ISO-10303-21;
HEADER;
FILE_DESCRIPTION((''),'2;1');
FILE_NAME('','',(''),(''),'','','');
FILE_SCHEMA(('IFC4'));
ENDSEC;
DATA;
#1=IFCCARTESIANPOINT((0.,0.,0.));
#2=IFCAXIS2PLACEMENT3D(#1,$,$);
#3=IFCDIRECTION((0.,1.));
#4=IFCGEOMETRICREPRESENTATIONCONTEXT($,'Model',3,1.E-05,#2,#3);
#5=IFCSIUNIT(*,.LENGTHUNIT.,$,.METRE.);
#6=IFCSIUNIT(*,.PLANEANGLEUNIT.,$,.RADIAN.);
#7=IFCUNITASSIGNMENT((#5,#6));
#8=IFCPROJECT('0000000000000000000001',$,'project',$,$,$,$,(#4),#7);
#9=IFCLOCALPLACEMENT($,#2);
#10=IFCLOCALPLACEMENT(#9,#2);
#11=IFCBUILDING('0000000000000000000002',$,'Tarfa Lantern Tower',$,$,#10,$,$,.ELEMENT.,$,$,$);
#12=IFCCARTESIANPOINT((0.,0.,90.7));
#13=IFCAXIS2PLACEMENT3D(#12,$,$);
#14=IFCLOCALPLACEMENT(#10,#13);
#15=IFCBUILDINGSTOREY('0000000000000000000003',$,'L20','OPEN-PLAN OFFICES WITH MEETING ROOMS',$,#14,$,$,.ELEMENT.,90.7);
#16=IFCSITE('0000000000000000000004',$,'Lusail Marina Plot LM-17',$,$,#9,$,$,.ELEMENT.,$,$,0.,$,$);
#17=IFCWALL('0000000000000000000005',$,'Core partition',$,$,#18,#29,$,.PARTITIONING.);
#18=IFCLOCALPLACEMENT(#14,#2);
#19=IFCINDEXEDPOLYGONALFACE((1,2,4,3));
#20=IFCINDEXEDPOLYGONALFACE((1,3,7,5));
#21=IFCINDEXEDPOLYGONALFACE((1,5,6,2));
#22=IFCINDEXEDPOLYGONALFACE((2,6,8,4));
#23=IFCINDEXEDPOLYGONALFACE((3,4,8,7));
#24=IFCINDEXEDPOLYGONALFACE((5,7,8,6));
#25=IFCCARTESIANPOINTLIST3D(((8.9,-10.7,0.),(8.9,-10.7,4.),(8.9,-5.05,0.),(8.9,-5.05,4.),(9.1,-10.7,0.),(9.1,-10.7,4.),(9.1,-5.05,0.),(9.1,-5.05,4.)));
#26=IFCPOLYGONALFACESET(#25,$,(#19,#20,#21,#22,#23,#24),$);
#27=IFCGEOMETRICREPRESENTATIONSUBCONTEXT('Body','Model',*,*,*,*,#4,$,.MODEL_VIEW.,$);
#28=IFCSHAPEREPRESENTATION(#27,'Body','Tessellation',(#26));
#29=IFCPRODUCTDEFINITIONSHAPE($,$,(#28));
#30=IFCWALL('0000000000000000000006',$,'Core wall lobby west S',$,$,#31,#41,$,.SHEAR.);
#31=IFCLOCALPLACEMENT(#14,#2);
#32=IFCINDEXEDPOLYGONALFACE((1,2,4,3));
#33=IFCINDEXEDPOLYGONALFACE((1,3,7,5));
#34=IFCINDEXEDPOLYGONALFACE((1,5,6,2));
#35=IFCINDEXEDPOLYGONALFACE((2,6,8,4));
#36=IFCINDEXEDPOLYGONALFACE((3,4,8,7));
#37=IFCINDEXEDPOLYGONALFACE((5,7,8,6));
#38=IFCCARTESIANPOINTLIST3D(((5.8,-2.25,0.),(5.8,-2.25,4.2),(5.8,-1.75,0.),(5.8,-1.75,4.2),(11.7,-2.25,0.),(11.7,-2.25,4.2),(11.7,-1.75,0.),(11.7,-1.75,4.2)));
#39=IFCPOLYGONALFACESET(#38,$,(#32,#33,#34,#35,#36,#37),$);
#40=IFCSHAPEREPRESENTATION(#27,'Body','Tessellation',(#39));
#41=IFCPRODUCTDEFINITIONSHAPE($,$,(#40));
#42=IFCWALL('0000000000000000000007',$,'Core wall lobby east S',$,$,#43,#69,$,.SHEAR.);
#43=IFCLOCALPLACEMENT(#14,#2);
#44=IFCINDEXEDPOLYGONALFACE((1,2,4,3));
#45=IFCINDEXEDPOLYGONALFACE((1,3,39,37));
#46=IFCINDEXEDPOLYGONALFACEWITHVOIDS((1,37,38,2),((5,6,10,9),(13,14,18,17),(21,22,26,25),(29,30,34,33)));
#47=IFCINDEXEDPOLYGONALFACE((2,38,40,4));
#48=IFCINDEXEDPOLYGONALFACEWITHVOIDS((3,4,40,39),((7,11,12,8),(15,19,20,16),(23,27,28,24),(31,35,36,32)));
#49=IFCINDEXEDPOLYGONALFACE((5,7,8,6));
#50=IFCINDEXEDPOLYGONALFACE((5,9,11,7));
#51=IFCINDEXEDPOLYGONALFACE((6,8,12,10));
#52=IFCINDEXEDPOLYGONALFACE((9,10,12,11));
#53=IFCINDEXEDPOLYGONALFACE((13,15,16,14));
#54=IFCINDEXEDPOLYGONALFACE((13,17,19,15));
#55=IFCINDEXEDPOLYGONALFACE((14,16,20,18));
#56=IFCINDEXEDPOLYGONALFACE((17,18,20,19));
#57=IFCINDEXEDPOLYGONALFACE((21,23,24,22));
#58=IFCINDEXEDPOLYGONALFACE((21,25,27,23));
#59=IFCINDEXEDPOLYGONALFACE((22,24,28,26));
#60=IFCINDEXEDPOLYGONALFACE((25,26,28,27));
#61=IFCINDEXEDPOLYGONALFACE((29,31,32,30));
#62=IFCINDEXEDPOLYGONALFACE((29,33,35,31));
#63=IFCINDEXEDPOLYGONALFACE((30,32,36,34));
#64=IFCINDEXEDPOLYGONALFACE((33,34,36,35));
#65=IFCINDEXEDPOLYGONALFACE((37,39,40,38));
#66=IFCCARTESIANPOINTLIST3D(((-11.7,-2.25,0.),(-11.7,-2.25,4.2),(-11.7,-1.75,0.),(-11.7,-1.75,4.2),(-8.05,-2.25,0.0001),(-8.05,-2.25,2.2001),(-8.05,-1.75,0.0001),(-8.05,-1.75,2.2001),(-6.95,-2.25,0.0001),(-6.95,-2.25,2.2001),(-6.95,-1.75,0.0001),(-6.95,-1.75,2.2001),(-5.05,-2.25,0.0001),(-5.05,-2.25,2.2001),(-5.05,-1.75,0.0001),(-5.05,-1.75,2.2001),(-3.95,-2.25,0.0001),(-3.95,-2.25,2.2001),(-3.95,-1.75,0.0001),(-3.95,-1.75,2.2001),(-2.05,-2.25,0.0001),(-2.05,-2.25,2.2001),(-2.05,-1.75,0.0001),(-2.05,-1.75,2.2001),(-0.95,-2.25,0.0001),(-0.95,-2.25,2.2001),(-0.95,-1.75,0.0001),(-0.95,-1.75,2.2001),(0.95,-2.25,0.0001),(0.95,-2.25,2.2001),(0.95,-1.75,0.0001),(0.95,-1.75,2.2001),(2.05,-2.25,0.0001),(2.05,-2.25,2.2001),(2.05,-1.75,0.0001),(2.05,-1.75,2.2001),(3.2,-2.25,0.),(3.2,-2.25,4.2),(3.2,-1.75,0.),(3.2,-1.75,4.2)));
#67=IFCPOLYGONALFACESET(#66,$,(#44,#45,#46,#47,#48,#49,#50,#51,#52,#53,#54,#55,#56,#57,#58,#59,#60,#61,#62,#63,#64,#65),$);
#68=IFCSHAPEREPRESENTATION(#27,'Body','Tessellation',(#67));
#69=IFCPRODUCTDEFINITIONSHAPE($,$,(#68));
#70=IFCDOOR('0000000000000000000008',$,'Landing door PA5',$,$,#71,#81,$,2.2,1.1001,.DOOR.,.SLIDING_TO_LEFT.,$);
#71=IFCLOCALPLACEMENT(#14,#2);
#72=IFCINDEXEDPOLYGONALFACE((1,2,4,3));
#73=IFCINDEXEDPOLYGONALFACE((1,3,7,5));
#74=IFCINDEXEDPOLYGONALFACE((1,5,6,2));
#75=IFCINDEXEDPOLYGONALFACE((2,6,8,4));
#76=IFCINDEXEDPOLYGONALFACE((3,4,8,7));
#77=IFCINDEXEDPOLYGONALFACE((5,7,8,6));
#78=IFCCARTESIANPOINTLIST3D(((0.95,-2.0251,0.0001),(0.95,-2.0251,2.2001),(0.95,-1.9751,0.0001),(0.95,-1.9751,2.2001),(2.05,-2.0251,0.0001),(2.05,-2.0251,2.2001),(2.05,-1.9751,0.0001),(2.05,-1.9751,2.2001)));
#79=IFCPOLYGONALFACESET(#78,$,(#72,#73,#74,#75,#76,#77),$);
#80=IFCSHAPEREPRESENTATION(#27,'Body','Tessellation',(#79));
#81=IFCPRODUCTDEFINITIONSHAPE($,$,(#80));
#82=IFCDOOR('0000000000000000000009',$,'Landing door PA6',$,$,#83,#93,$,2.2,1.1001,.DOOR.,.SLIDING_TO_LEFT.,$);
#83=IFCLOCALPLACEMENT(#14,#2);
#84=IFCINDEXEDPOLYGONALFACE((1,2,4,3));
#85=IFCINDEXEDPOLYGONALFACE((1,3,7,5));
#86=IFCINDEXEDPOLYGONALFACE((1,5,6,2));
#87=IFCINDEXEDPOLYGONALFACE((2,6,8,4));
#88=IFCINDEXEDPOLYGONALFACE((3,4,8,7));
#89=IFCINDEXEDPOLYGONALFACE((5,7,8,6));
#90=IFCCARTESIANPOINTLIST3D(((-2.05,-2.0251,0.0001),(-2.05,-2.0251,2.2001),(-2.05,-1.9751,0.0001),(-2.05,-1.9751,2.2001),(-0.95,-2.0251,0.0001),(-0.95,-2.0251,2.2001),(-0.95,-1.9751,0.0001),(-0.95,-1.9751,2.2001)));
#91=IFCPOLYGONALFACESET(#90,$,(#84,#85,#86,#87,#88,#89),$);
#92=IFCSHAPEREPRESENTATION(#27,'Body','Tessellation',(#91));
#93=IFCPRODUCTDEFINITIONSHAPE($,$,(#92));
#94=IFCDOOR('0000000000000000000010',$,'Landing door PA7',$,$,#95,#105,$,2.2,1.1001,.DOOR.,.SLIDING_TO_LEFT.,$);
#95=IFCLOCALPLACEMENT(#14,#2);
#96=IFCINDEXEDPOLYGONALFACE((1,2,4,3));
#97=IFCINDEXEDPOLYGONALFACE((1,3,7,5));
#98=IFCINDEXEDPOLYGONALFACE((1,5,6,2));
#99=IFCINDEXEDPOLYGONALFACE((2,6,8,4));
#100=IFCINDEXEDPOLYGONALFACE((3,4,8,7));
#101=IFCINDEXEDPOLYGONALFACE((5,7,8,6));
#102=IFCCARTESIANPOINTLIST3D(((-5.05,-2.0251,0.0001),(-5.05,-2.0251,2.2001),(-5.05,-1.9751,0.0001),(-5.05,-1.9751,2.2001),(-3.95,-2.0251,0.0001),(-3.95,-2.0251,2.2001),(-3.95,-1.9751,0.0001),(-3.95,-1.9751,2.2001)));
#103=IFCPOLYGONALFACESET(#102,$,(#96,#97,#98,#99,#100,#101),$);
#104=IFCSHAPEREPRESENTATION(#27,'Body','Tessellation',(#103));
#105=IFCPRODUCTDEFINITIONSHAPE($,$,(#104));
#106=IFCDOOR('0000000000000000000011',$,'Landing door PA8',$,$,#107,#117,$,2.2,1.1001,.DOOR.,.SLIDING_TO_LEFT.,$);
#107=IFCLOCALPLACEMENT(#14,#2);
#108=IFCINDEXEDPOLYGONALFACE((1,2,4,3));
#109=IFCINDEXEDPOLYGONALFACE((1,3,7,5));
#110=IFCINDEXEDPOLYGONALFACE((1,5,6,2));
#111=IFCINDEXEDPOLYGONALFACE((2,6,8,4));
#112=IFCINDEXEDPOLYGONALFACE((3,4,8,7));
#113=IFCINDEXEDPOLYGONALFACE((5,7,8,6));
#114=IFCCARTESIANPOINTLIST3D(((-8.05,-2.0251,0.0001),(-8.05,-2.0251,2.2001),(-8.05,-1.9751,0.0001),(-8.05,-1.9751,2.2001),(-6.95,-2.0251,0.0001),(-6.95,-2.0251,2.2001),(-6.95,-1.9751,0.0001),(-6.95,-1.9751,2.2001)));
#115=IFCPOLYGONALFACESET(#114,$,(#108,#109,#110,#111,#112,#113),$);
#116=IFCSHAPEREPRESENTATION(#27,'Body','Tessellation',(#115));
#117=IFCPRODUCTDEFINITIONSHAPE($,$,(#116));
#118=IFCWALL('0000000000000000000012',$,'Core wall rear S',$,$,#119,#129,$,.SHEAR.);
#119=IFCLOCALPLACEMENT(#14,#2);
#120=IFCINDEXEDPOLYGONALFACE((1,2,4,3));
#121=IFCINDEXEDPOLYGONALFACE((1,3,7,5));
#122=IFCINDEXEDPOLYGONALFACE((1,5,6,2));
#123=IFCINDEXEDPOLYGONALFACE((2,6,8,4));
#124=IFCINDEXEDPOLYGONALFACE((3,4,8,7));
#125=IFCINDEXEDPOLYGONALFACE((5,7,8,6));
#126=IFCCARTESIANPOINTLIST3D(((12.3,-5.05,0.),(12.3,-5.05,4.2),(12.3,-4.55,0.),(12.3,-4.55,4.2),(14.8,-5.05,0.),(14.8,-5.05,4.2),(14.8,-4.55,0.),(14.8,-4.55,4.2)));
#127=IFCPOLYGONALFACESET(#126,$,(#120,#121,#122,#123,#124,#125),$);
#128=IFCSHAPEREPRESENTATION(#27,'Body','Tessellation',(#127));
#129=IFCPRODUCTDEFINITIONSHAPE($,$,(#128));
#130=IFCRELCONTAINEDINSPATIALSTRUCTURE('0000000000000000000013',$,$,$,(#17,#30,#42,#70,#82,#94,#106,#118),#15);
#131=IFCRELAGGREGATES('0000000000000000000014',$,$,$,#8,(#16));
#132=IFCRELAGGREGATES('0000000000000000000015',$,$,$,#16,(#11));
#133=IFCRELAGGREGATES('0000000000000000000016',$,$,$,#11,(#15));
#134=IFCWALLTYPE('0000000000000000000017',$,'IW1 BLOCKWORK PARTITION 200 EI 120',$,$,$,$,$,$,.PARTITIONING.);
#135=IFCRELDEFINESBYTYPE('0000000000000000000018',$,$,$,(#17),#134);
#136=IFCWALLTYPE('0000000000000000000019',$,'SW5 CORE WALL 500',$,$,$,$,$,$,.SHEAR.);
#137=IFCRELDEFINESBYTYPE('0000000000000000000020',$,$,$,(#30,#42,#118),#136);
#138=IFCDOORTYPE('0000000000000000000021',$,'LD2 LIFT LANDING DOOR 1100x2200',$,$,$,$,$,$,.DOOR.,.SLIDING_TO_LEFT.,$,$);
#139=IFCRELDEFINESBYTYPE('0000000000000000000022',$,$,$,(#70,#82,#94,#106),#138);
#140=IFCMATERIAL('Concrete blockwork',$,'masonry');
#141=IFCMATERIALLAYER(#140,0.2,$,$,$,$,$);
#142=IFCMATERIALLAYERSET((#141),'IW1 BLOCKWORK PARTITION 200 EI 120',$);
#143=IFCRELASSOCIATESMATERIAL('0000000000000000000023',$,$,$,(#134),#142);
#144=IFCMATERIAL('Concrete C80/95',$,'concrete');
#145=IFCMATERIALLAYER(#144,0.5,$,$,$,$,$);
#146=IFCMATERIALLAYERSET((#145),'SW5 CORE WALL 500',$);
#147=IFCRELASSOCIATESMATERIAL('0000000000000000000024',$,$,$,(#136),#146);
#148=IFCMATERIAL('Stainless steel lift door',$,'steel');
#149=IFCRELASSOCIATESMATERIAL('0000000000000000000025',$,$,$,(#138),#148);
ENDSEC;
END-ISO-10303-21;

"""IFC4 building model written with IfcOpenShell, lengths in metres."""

from ifc_helpers import new_model, si_unit, direction, frame, frame_2d, origin, place, context, subcontext, project, spatial, rectangle, extrude, material, layer, layer_set, type_object, element, fill, save


model = new_model("IFC4")

# Units and contexts
model_context = context("Model", 3, precision=1e-05, world=origin(), true_north=direction((0.0, 1.0)))
body_context = subcontext(model_context, "Body", "Model", "MODEL_VIEW")
ifc_project = project(units=[si_unit("LENGTHUNIT", "METRE"), si_unit("PLANEANGLEUNIT", "RADIAN")], contexts=[model_context])

# Site, building, storey
site_placement = place(None, origin())
site = spatial("IfcSite", under=ifc_project, at=site_placement, Name="Lusail Marina Plot LM-17", CompositionType="ELEMENT", RefElevation=0.0)
building_placement = place(site_placement, origin())
building = spatial("IfcBuilding", under=site, at=building_placement, Name="Tarfa Lantern Tower", CompositionType="ELEMENT")
storey_placement = place(building_placement, frame((0.0, 0.0, 90.7)))
storey = spatial("IfcBuildingStorey", under=building, at=storey_placement, Name="L20", Description="OPEN-PLAN OFFICES WITH MEETING ROOMS", CompositionType="ELEMENT", Elevation=90.7)

# Walls
ifc_material_1 = material(Name="Concrete blockwork", Category="masonry")
ifc_layer_1 = layer(ifc_material_1, 0.2)
ifc_layer_set_1 = layer_set([ifc_layer_1], Name="IW1 BLOCKWORK PARTITION 200 EI 120")
wall_type_1 = type_object("IfcWallType", Name="IW1 BLOCKWORK PARTITION 200 EI 120", PredefinedType="PARTITIONING", material=ifc_layer_set_1)
wall_1_placement = place(storey_placement, frame((9.0, -5.05, 0.0), z_axis=(0.0, 0.0, 1.0), x_axis=(0.0, -1.0, 0.0)))
element("IfcWall", 1, at=wall_1_placement, inside=storey, type_object=wall_type_1, Name="Core partition", PredefinedType="PARTITIONING", context=body_context, shape_type="SweptSolid", body=[
    extrude(rectangle(XDim=5.6499, YDim=0.2, at=frame_2d((2.825, 0.0))), origin(), (0.0, 0.0, 1.0), 4.0),
])
ifc_material_2 = material(Name="Concrete C80/95", Category="concrete")
ifc_layer_2 = layer(ifc_material_2, 0.5)
ifc_layer_set_2 = layer_set([ifc_layer_2], Name="SW5 CORE WALL 500")
wall_type_2 = type_object("IfcWallType", Name="SW5 CORE WALL 500", PredefinedType="SHEAR", material=ifc_layer_set_2)
wall_2_placement = place(storey_placement, frame((11.7, -2.0, 0.0), z_axis=(0.0, 0.0, 1.0), x_axis=(-1.0, 0.0, 0.0)))
element("IfcWall", 2, at=wall_2_placement, inside=storey, type_object=wall_type_2, Name="Core wall lobby west S", PredefinedType="SHEAR", context=body_context, shape_type="SweptSolid", body=[
    extrude(rectangle(XDim=5.8999, YDim=0.5, at=frame_2d((2.95, 0.0))), origin(), (0.0, 0.0, 1.0), 4.2),
])

# Wall, openings, doors
wall_3_placement = place(storey_placement, frame((3.2, -2.0, 0.0), z_axis=(0.0, 0.0, 1.0), x_axis=(-1.0, 0.0, 0.0)))
wall_3 = element("IfcWall", 3, at=wall_3_placement, inside=storey, type_object=wall_type_2, Name="Core wall lobby east S", PredefinedType="SHEAR", context=body_context, shape_type="SweptSolid", body=[
    extrude(rectangle(XDim=14.8999, YDim=0.5, at=frame_2d((7.45, 0.0))), origin(), (0.0, 0.0, 1.0), 4.2),
])
opening_1_placement = place(wall_3_placement, frame((1.1499, 0.0, 0.0)))
opening_1 = element("IfcOpeningElement", 4, at=opening_1_placement, cuts=wall_3, PredefinedType="OPENING", context=body_context, shape_type="SweptSolid", body=[
    extrude(rectangle(XDim=1.1001, YDim=2.2, at=frame_2d((0.55, 1.1001))), frame((0.0, 0.26, 0.0), z_axis=(0.0, -1.0, 0.0), x_axis=(1.0, 0.0, 0.0)), (0.0, 0.0, 1.0), 0.52),
])
opening_2_placement = place(wall_3_placement, frame((4.1499, 0.0, 0.0)))
opening_2 = element("IfcOpeningElement", 5, at=opening_2_placement, cuts=wall_3, PredefinedType="OPENING", context=body_context, shape_type="SweptSolid", body=[
    extrude(rectangle(XDim=1.1001, YDim=2.2, at=frame_2d((0.55, 1.1001))), frame((0.0, 0.26, 0.0), z_axis=(0.0, -1.0, 0.0), x_axis=(1.0, 0.0, 0.0)), (0.0, 0.0, 1.0), 0.52),
])
opening_3_placement = place(wall_3_placement, frame((7.1499, 0.0, 0.0)))
opening_3 = element("IfcOpeningElement", 6, at=opening_3_placement, cuts=wall_3, PredefinedType="OPENING", context=body_context, shape_type="SweptSolid", body=[
    extrude(rectangle(XDim=1.1001, YDim=2.2, at=frame_2d((0.55, 1.1001))), frame((0.0, 0.26, 0.0), z_axis=(0.0, -1.0, 0.0), x_axis=(1.0, 0.0, 0.0)), (0.0, 0.0, 1.0), 0.52),
])
opening_4_placement = place(wall_3_placement, frame((10.1499, 0.0, 0.0)))
opening_4 = element("IfcOpeningElement", 7, at=opening_4_placement, cuts=wall_3, PredefinedType="OPENING", context=body_context, shape_type="SweptSolid", body=[
    extrude(rectangle(XDim=1.1001, YDim=2.2, at=frame_2d((0.55, 1.1001))), frame((0.0, 0.26, 0.0), z_axis=(0.0, -1.0, 0.0), x_axis=(1.0, 0.0, 0.0)), (0.0, 0.0, 1.0), 0.52),
])
ifc_material_3 = material(Name="Stainless steel lift door", Category="steel")
door_type_1 = type_object("IfcDoorType", Name="LD2 LIFT LANDING DOOR 1100x2200", OperationType="SLIDING_TO_LEFT", PredefinedType="DOOR", material=ifc_material_3)
door_1_placement = place(opening_1_placement, frame((1.1001, 0.0, 0.0), z_axis=(0.0, 0.0, 1.0), x_axis=(-1.0, 0.0, 0.0)))
door_1 = element("IfcDoor", 8, at=door_1_placement, inside=storey, type_object=door_type_1, Name="Landing door PA5", OperationType="SLIDING_TO_LEFT", OverallHeight=2.2, OverallWidth=1.1001, PredefinedType="DOOR", context=body_context, shape_type="SweptSolid", body=[
    extrude(rectangle(XDim=1.1001, YDim=2.2, at=frame_2d((0.55, 1.1001))), frame((0.0, 0.0249, 0.0), z_axis=(0.0, -1.0, 0.0), x_axis=(1.0, 0.0, 0.0)), (0.0, 0.0, 1.0), 0.05),
])
fill(opening_1, door_1)
door_2_placement = place(opening_2_placement, frame((1.1001, 0.0, 0.0), z_axis=(0.0, 0.0, 1.0), x_axis=(-1.0, 0.0, 0.0)))
door_2 = element("IfcDoor", 9, at=door_2_placement, inside=storey, type_object=door_type_1, Name="Landing door PA6", OperationType="SLIDING_TO_LEFT", OverallHeight=2.2, OverallWidth=1.1001, PredefinedType="DOOR", context=body_context, shape_type="SweptSolid", body=[
    extrude(rectangle(XDim=1.1001, YDim=2.2, at=frame_2d((0.55, 1.1001))), frame((0.0, 0.0249, 0.0), z_axis=(0.0, -1.0, 0.0), x_axis=(1.0, 0.0, 0.0)), (0.0, 0.0, 1.0), 0.05),
])
fill(opening_2, door_2)
door_3_placement = place(opening_3_placement, frame((1.1001, 0.0, 0.0), z_axis=(0.0, 0.0, 1.0), x_axis=(-1.0, 0.0, 0.0)))
door_3 = element("IfcDoor", 10, at=door_3_placement, inside=storey, type_object=door_type_1, Name="Landing door PA7", OperationType="SLIDING_TO_LEFT", OverallHeight=2.2, OverallWidth=1.1001, PredefinedType="DOOR", context=body_context, shape_type="SweptSolid", body=[
    extrude(rectangle(XDim=1.1001, YDim=2.2, at=frame_2d((0.55, 1.1001))), frame((0.0, 0.0249, 0.0), z_axis=(0.0, -1.0, 0.0), x_axis=(1.0, 0.0, 0.0)), (0.0, 0.0, 1.0), 0.05),
])
fill(opening_3, door_3)
door_4_placement = place(opening_4_placement, frame((1.1001, 0.0, 0.0), z_axis=(0.0, 0.0, 1.0), x_axis=(-1.0, 0.0, 0.0)))
door_4 = element("IfcDoor", 11, at=door_4_placement, inside=storey, type_object=door_type_1, Name="Landing door PA8", OperationType="SLIDING_TO_LEFT", OverallHeight=2.2, OverallWidth=1.1001, PredefinedType="DOOR", context=body_context, shape_type="SweptSolid", body=[
    extrude(rectangle(XDim=1.1001, YDim=2.2, at=frame_2d((0.55, 1.1001))), frame((0.0, 0.0249, 0.0), z_axis=(0.0, -1.0, 0.0), x_axis=(1.0, 0.0, 0.0)), (0.0, 0.0, 1.0), 0.05),
])
fill(opening_4, door_4)

# Wall
wall_4_placement = place(storey_placement, frame((14.8, -4.8, 0.0), z_axis=(0.0, 0.0, 1.0), x_axis=(-1.0, 0.0, 0.0)))
element("IfcWall", 12, at=wall_4_placement, inside=storey, type_object=wall_type_2, Name="Core wall rear S", PredefinedType="SHEAR", context=body_context, shape_type="SweptSolid", body=[
    extrude(rectangle(XDim=2.5, YDim=0.5, at=frame_2d((1.25, 0.0))), origin(), (0.0, 0.0, 1.0), 4.2),
])

save(model, "model.ifc")
